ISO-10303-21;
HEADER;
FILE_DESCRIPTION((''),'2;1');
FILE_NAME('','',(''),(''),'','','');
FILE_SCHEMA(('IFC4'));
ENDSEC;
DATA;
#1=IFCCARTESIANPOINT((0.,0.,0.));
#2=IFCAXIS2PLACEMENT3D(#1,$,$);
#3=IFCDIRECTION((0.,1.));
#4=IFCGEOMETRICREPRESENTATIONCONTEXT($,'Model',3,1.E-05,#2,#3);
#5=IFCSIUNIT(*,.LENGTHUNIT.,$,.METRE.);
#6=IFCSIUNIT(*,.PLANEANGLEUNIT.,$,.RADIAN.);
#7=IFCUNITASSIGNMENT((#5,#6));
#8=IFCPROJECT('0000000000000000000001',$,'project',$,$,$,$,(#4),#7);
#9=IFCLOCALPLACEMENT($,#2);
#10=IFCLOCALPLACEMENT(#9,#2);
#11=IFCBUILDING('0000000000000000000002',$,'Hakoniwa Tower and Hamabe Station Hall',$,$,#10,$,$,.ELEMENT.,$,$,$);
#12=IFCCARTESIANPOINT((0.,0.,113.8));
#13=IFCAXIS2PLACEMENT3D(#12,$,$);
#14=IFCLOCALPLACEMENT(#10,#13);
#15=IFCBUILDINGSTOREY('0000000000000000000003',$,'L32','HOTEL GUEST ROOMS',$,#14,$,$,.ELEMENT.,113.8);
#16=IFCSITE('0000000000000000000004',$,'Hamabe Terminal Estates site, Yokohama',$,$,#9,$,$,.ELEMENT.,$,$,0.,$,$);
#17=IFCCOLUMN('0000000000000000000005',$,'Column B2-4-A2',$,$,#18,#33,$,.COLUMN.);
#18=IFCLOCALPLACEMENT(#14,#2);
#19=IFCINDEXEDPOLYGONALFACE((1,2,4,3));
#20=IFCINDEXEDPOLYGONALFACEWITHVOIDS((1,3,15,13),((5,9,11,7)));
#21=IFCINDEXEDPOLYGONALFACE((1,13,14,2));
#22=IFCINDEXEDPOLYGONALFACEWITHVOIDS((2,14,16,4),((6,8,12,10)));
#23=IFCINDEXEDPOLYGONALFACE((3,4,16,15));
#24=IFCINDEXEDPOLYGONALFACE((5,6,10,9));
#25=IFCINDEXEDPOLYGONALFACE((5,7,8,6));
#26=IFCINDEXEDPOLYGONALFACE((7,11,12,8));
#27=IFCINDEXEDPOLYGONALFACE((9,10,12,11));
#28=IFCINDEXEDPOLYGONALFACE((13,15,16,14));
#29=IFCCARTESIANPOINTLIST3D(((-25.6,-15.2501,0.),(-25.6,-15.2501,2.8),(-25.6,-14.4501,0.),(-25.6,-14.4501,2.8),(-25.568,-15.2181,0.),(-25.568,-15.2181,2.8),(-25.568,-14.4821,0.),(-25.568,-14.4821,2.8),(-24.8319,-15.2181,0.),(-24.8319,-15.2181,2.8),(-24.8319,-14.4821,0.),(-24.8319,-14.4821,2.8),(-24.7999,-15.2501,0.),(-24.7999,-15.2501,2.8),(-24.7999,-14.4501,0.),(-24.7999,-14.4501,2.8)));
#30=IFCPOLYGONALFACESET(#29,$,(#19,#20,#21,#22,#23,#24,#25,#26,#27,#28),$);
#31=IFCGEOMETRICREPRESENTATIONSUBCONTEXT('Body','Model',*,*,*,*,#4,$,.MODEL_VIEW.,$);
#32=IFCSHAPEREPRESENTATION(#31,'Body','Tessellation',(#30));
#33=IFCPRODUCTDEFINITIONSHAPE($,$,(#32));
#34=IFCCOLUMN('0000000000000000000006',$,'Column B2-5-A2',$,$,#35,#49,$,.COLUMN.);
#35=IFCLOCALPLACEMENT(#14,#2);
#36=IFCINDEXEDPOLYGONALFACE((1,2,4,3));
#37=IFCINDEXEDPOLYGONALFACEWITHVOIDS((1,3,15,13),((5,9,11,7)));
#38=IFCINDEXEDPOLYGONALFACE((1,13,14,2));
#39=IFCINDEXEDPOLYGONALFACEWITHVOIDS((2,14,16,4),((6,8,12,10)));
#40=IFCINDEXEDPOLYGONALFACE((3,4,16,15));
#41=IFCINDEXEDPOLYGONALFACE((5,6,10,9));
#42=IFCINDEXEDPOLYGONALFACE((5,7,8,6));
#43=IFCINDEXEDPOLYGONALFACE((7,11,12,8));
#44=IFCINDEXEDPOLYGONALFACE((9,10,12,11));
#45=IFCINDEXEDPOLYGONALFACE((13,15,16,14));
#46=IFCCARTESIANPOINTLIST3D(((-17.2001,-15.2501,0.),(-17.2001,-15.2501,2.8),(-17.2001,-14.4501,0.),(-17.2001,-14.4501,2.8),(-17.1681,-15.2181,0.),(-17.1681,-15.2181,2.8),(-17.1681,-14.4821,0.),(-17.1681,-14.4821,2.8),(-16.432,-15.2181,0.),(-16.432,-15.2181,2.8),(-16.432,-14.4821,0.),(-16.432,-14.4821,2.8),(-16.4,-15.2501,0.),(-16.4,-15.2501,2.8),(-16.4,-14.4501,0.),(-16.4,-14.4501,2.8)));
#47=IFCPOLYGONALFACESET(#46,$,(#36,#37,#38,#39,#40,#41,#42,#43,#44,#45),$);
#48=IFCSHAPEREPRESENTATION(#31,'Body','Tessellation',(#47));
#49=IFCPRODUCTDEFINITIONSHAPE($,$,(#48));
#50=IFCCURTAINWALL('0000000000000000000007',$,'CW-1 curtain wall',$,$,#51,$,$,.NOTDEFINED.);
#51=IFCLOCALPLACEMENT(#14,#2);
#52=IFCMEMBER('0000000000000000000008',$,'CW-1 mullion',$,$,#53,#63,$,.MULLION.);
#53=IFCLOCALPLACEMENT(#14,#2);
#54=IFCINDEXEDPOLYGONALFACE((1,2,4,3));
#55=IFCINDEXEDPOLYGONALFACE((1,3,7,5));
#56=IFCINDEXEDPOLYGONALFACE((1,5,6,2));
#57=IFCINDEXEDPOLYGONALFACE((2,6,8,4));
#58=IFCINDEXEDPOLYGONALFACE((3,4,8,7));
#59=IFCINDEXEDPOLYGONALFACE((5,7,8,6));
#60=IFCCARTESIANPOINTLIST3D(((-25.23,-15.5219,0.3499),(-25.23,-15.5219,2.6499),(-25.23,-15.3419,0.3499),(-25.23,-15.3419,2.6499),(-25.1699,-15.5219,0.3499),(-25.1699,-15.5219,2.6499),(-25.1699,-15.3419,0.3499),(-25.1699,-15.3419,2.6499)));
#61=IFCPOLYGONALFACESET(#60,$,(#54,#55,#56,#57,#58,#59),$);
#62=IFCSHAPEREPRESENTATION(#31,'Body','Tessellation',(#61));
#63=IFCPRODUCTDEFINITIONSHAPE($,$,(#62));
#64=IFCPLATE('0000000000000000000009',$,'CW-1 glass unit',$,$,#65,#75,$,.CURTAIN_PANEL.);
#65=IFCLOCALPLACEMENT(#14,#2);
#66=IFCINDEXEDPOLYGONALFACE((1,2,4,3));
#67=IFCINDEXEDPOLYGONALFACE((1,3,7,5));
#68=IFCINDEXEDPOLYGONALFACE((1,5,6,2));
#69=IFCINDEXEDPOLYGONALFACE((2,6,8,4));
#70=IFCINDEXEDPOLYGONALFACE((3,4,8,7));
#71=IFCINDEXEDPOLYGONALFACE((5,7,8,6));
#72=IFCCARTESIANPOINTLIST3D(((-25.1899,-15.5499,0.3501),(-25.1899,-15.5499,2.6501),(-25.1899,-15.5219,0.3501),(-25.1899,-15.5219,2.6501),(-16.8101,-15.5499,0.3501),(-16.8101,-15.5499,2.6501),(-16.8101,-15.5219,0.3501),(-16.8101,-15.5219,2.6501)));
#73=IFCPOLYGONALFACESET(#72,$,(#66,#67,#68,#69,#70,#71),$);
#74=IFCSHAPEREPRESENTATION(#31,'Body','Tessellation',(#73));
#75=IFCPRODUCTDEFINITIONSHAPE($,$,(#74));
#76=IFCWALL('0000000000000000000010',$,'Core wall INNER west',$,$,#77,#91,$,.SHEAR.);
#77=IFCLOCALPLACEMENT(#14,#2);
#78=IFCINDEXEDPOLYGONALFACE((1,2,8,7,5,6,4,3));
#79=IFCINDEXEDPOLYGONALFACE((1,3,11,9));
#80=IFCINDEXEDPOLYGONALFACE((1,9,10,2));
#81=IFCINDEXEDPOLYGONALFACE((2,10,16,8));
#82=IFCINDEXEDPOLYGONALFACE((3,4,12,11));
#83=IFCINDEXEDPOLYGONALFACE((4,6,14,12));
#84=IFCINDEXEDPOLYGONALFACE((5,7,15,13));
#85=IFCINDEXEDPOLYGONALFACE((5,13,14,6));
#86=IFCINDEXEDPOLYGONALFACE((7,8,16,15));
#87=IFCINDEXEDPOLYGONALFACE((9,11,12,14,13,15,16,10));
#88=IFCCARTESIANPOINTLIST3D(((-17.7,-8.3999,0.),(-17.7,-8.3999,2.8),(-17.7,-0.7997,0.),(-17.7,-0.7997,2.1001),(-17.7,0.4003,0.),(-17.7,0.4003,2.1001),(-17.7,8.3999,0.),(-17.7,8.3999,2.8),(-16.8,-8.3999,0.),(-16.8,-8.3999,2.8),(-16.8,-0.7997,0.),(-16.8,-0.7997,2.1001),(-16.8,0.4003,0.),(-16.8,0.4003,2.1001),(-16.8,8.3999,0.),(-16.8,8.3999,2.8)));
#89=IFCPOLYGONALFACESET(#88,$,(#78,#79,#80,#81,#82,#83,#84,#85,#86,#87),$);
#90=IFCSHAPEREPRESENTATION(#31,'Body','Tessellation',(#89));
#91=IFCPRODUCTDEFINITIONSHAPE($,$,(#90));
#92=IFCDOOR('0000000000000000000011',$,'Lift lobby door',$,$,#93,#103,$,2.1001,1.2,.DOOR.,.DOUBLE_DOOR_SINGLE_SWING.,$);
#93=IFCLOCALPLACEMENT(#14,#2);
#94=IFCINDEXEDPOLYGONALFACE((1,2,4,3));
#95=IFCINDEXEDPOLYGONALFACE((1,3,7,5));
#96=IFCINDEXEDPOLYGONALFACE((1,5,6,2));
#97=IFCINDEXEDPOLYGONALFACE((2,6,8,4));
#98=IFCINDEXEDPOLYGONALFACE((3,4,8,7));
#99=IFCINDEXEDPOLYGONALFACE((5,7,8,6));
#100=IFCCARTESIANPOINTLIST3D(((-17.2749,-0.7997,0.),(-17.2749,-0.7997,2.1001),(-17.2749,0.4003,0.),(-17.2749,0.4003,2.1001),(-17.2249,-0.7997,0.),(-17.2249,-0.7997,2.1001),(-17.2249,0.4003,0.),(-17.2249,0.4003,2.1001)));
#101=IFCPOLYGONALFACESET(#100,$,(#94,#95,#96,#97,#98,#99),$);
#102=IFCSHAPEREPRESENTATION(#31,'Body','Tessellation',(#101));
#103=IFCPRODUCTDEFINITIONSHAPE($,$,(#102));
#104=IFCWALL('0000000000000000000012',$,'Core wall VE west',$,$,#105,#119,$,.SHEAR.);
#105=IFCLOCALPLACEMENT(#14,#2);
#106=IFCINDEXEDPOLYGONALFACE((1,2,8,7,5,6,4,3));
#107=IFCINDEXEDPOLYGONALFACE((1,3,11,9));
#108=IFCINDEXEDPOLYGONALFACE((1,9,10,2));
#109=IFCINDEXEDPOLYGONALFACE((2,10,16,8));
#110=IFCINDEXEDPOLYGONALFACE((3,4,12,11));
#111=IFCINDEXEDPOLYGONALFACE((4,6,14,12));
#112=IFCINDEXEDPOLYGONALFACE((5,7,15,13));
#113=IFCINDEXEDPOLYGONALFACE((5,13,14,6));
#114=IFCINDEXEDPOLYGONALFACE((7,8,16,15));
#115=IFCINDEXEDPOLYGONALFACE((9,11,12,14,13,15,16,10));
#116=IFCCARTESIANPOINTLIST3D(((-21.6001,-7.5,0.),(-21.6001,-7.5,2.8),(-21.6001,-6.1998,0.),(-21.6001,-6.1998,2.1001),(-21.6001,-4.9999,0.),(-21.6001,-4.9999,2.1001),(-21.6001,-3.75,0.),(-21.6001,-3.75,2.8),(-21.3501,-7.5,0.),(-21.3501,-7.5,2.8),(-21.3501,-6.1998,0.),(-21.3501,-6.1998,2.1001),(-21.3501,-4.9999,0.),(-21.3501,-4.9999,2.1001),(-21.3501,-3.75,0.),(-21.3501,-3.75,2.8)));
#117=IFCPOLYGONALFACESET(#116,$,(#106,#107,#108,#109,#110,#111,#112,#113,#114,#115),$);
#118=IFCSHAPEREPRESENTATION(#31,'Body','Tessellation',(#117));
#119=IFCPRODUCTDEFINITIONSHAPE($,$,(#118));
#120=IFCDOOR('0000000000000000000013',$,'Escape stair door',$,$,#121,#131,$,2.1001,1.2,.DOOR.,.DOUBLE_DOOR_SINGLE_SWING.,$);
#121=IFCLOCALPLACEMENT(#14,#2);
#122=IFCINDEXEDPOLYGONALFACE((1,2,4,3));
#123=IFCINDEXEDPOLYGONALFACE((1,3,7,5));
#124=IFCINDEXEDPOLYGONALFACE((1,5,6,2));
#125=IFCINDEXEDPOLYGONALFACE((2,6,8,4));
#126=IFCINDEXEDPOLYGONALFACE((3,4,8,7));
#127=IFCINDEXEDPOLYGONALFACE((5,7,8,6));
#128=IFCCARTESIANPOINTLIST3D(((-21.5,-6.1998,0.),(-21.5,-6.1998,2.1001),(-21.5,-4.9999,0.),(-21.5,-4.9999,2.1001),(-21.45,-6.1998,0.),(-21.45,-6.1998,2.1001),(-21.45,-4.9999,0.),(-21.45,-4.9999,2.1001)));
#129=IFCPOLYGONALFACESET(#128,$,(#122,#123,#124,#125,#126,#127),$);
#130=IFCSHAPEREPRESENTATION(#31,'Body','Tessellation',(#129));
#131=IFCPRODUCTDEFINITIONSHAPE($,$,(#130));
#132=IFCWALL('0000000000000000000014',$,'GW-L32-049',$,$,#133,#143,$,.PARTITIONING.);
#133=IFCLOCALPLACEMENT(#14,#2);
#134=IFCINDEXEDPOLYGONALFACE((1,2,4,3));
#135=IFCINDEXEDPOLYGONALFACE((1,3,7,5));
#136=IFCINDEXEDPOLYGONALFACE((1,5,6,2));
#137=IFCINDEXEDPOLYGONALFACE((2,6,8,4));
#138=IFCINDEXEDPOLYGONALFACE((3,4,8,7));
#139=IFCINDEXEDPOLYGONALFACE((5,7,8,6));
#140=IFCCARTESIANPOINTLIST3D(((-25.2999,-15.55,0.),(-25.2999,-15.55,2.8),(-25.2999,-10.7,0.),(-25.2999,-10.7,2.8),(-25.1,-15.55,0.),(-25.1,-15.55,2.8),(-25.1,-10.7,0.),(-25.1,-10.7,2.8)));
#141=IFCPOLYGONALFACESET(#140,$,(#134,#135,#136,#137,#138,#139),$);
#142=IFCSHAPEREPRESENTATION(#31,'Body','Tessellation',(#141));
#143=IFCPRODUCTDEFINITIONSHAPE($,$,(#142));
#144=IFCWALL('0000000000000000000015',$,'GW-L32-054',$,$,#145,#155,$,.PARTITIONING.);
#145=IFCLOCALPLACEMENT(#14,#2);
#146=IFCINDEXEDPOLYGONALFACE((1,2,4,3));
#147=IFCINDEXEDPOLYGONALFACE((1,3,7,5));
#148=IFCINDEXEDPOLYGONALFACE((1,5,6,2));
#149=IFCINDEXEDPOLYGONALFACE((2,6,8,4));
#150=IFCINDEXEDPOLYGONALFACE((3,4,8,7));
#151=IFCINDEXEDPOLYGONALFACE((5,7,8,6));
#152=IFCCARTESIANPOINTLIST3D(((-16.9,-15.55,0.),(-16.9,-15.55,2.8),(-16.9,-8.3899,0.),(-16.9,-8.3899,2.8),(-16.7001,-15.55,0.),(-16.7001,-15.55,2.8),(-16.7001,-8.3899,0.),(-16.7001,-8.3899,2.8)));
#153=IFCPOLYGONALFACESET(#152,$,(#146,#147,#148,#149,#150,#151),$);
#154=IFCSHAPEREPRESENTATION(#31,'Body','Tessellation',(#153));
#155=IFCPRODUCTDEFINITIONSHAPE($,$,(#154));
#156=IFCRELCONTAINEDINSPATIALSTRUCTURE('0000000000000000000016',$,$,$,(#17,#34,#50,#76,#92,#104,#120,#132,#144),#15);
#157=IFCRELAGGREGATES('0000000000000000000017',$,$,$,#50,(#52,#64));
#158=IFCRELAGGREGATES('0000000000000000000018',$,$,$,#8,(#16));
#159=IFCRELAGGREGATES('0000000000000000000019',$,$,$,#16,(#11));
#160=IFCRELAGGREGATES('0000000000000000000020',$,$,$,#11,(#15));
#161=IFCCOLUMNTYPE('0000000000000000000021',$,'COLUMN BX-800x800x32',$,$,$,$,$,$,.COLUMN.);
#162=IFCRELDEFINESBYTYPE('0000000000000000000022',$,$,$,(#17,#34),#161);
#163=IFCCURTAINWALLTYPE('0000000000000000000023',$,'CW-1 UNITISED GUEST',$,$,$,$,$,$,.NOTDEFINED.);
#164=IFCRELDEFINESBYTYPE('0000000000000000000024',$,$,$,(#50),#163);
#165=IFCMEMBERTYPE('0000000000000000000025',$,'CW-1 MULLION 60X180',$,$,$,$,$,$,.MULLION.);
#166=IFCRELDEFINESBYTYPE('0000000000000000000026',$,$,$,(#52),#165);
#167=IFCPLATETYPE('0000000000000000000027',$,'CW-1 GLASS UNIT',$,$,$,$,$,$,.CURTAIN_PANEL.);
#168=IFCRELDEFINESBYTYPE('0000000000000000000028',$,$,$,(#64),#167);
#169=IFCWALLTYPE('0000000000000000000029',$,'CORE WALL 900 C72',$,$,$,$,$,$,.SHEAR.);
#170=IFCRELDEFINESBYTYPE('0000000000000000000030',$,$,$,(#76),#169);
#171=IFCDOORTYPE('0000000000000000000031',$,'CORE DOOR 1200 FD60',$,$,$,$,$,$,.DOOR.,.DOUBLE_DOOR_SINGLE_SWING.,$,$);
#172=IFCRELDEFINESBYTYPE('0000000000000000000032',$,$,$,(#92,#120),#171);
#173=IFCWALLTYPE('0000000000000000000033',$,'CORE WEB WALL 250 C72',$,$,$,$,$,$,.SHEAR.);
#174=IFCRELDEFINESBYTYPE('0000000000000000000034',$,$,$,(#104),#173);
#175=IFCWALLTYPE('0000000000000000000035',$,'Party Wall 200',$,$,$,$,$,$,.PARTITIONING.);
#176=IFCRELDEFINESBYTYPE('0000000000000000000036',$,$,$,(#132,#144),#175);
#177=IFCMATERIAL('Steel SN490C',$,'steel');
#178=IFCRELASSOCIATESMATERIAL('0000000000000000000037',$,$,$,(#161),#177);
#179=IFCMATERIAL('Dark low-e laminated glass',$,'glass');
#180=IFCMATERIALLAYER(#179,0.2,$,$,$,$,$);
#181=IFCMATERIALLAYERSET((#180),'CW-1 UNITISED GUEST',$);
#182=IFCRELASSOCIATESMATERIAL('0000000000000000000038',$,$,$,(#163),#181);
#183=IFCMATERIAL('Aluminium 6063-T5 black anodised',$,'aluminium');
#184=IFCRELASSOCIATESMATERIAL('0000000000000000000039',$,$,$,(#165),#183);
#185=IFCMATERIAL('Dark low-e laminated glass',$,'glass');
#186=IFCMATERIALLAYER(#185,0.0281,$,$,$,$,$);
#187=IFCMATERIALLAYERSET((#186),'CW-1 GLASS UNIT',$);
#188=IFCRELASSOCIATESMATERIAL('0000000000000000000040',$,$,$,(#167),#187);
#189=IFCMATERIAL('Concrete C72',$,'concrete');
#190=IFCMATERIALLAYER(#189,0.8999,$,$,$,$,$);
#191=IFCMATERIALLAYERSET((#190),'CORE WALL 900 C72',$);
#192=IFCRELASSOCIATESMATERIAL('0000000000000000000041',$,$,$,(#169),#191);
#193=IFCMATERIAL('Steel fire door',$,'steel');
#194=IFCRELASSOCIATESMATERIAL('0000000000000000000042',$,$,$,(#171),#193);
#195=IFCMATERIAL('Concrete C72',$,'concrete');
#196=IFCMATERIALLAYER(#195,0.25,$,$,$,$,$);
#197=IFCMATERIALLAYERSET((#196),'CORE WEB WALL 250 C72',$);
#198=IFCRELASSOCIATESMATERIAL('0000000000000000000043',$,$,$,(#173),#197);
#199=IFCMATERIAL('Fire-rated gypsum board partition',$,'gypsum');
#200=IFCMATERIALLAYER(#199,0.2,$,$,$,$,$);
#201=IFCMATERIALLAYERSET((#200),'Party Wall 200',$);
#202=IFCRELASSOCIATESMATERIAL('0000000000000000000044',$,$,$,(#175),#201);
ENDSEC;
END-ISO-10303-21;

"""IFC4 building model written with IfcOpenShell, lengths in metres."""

from ifc_helpers import new_model, si_unit, direction, frame, frame_2d, origin, origin_2d, place, context, subcontext, project, spatial, rectangle, hollow_rectangle, extrude, material, layer, layer_set, material_profile, profile_set, type_object, element, fill, aggregate, save


model = new_model("IFC4")

# Units and contexts
model_context = context("Model", 3, precision=1e-05, world=origin(), true_north=direction((0.0, 1.0)))
body_context = subcontext(model_context, "Body", "Model", "MODEL_VIEW")
ifc_project = project(units=[si_unit("LENGTHUNIT", "METRE"), si_unit("PLANEANGLEUNIT", "RADIAN")], contexts=[model_context])

# Site, building, storey
site_placement = place(None, origin())
site = spatial("IfcSite", under=ifc_project, at=site_placement, Name="Hamabe Terminal Estates site, Yokohama", CompositionType="ELEMENT", RefElevation=0.0)
building_placement = place(site_placement, origin())
building = spatial("IfcBuilding", under=site, at=building_placement, Name="Hakoniwa Tower and Hamabe Station Hall", CompositionType="ELEMENT")
storey_placement = place(building_placement, frame((0.0, 0.0, 113.8)))
storey = spatial("IfcBuildingStorey", under=building, at=storey_placement, Name="L32", Description="HOTEL GUEST ROOMS", CompositionType="ELEMENT", Elevation=113.8)

# Columns
ifc_material_1 = material(Name="Steel SN490C", Category="steel")
ifc_material_profile_1 = material_profile(ifc_material_1, hollow_rectangle(XDim=0.8, YDim=0.8, WallThickness=0.032, at=origin_2d()), Name="BX-800x800x32")
ifc_profile_set_1 = profile_set([ifc_material_profile_1], Name="Steel SN490C")
column_type = type_object("IfcColumnType", Name="COLUMN BX-800x800x32", PredefinedType="COLUMN", material=ifc_profile_set_1)
for number, where, z_axis, x_axis, name in (
    (1, (-25.2, -14.8501, 0.0), (0.0, 0.0, 1.0), (1.0, 0.0, 0.0), "Column B2-4-A2"),
    (2, (-16.8, -14.8501, 0.0), (0.0, 0.0, 1.0), (1.0, 0.0, 0.0), "Column B2-5-A2"),
):
    element("IfcColumn", number, at=place(storey_placement, frame(where, z_axis=z_axis, x_axis=x_axis)), inside=storey, type_object=column_type, Name=name, PredefinedType="COLUMN", context=body_context, shape_type="SweptSolid", body=[
        extrude(hollow_rectangle(XDim=0.8, YDim=0.8, WallThickness=0.032, at=origin_2d()), origin(), (0.0, 0.0, 1.0), 2.8),
    ])

# Curtain wall, member, plate
ifc_material_2 = material(Name="Dark low-e laminated glass", Category="glass")
ifc_layer_1 = layer(ifc_material_2, 0.2)
ifc_layer_set_1 = layer_set([ifc_layer_1], Name="CW-1 UNITISED GUEST")
curtain_wall_type = type_object("IfcCurtainWallType", Name="CW-1 UNITISED GUEST", PredefinedType="NOTDEFINED", material=ifc_layer_set_1)
curtain_wall_placement = place(storey_placement, origin())
curtain_wall = element("IfcCurtainWall", 3, at=curtain_wall_placement, inside=storey, type_object=curtain_wall_type, Name="CW-1 curtain wall", PredefinedType="NOTDEFINED")
ifc_material_3 = material(Name="Aluminium 6063-T5 black anodised", Category="aluminium")
ifc_material_profile_2 = material_profile(ifc_material_3, rectangle(XDim=0.0601, YDim=0.1799, at=origin_2d()), Name="CW-1 MULLION 60X180")
ifc_profile_set_2 = profile_set([ifc_material_profile_2], Name="Aluminium 6063-T5 black anodised")
member_type = type_object("IfcMemberType", Name="CW-1 MULLION 60X180", PredefinedType="MULLION", material=ifc_profile_set_2)
member_placement = place(storey_placement, frame((-25.2, -15.4319, 0.3499), z_axis=(0.0, 0.0, 1.0), x_axis=(1.0, 0.0, 0.0)))
member = element("IfcMember", 4, at=member_placement, type_object=member_type, Name="CW-1 mullion", PredefinedType="MULLION", context=body_context, shape_type="SweptSolid", body=[
    extrude(rectangle(XDim=0.0601, YDim=0.1799, at=origin_2d()), origin(), (0.0, 0.0, 1.0), 2.3),
])
ifc_material_4 = material(Name="Dark low-e laminated glass", Category="glass")
ifc_layer_2 = layer(ifc_material_4, 0.0281)
ifc_layer_set_2 = layer_set([ifc_layer_2], Name="CW-1 GLASS UNIT")
plate_type = type_object("IfcPlateType", Name="CW-1 GLASS UNIT", PredefinedType="CURTAIN_PANEL", material=ifc_layer_set_2)
plate_placement = place(storey_placement, frame((-21.0, -15.5359, 0.3501), z_axis=(0.0, 0.0, 1.0), x_axis=(1.0, 0.0, 0.0)))
plate = element("IfcPlate", 5, at=plate_placement, type_object=plate_type, Name="CW-1 glass unit", PredefinedType="CURTAIN_PANEL", context=body_context, shape_type="SweptSolid", body=[
    extrude(rectangle(XDim=8.3799, YDim=0.0281, at=origin_2d()), origin(), (0.0, 0.0, 1.0), 2.3),
])
aggregate(curtain_wall, [member, plate])

# Walls, openings, doors
ifc_material_5 = material(Name="Concrete C72", Category="concrete")
ifc_layer_3 = layer(ifc_material_5, 0.8999)
ifc_layer_set_3 = layer_set([ifc_layer_3], Name="CORE WALL 900 C72")
wall_type_1 = type_object("IfcWallType", Name="CORE WALL 900 C72", PredefinedType="SHEAR", material=ifc_layer_set_3)
wall_1_placement = place(storey_placement, frame((-17.25, -8.3999, 0.0), z_axis=(0.0, 0.0, 1.0), x_axis=(0.0, 1.0, 0.0)))
wall_1 = element("IfcWall", 6, at=wall_1_placement, inside=storey, type_object=wall_type_1, Name="Core wall INNER west", PredefinedType="SHEAR", context=body_context, shape_type="SweptSolid", body=[
    extrude(rectangle(XDim=16.7998, YDim=0.8999, at=frame_2d((8.3999, 0.0))), origin(), (0.0, 0.0, 1.0), 2.8),
])
opening_1_placement = place(wall_1_placement, frame((7.6001, 0.0, 0.0)))
opening_1 = element("IfcOpeningElement", 7, at=opening_1_placement, cuts=wall_1, PredefinedType="OPENING", context=body_context, shape_type="SweptSolid", body=[
    extrude(rectangle(XDim=1.2, YDim=2.1001, at=frame_2d((0.6001, 1.05))), frame((0.0, 0.46, 0.0), z_axis=(0.0, -1.0, 0.0), x_axis=(1.0, 0.0, 0.0)), (0.0, 0.0, 1.0), 0.9199),
])
ifc_material_6 = material(Name="Steel fire door", Category="steel")
door_type = type_object("IfcDoorType", Name="CORE DOOR 1200 FD60", OperationType="DOUBLE_DOOR_SINGLE_SWING", PredefinedType="DOOR", material=ifc_material_6)
door_1_placement = place(opening_1_placement, origin())
door_1 = element("IfcDoor", 8, at=door_1_placement, inside=storey, type_object=door_type, Name="Lift lobby door", OperationType="DOUBLE_DOOR_SINGLE_SWING", OverallHeight=2.1001, OverallWidth=1.2, PredefinedType="DOOR", context=body_context, shape_type="SweptSolid", body=[
    extrude(rectangle(XDim=1.2, YDim=2.1001, at=frame_2d((0.6001, 1.05))), frame((0.0, 0.0249, 0.0), z_axis=(0.0, -1.0, 0.0), x_axis=(1.0, 0.0, 0.0)), (0.0, 0.0, 1.0), 0.05),
])
fill(opening_1, door_1)
ifc_material_7 = material(Name="Concrete C72", Category="concrete")
ifc_layer_4 = layer(ifc_material_7, 0.25)
ifc_layer_set_4 = layer_set([ifc_layer_4], Name="CORE WEB WALL 250 C72")
wall_type_2 = type_object("IfcWallType", Name="CORE WEB WALL 250 C72", PredefinedType="SHEAR", material=ifc_layer_set_4)
wall_2_placement = place(storey_placement, frame((-21.4751, -7.5, 0.0), z_axis=(0.0, 0.0, 1.0), x_axis=(0.0, 1.0, 0.0)))
wall_2 = element("IfcWall", 9, at=wall_2_placement, inside=storey, type_object=wall_type_2, Name="Core wall VE west", PredefinedType="SHEAR", context=body_context, shape_type="SweptSolid", body=[
    extrude(rectangle(XDim=3.75, YDim=0.25, at=frame_2d((1.875, 0.0))), origin(), (0.0, 0.0, 1.0), 2.8),
])
opening_2_placement = place(wall_2_placement, frame((1.3, 0.0, 0.0)))
opening_2 = element("IfcOpeningElement", 10, at=opening_2_placement, cuts=wall_2, PredefinedType="OPENING", context=body_context, shape_type="SweptSolid", body=[
    extrude(rectangle(XDim=1.2, YDim=2.1001, at=frame_2d((0.6001, 1.05))), frame((0.0, 0.135, 0.0), z_axis=(0.0, -1.0, 0.0), x_axis=(1.0, 0.0, 0.0)), (0.0, 0.0, 1.0), 0.27),
])
door_2_placement = place(opening_2_placement, origin())
door_2 = element("IfcDoor", 11, at=door_2_placement, inside=storey, type_object=door_type, Name="Escape stair door", OperationType="DOUBLE_DOOR_SINGLE_SWING", OverallHeight=2.1001, OverallWidth=1.2, PredefinedType="DOOR", context=body_context, shape_type="SweptSolid", body=[
    extrude(rectangle(XDim=1.2, YDim=2.1001, at=frame_2d((0.6001, 1.05))), frame((0.0, 0.0249, 0.0), z_axis=(0.0, -1.0, 0.0), x_axis=(1.0, 0.0, 0.0)), (0.0, 0.0, 1.0), 0.05),
])
fill(opening_2, door_2)

# Walls
ifc_material_8 = material(Name="Fire-rated gypsum board partition", Category="gypsum")
ifc_layer_5 = layer(ifc_material_8, 0.2)
ifc_layer_set_5 = layer_set([ifc_layer_5], Name="Party Wall 200")
wall_type_3 = type_object("IfcWallType", Name="Party Wall 200", PredefinedType="PARTITIONING", material=ifc_layer_set_5)
wall_3_placement = place(storey_placement, frame((-25.2, -15.55, 0.0), z_axis=(0.0, 0.0, 1.0), x_axis=(0.0, 1.0, 0.0)))
element("IfcWall", 12, at=wall_3_placement, inside=storey, type_object=wall_type_3, Name="GW-L32-049", PredefinedType="PARTITIONING", context=body_context, shape_type="SweptSolid", body=[
    extrude(rectangle(XDim=4.8501, YDim=0.2, at=frame_2d((2.425, 0.0))), origin(), (0.0, 0.0, 1.0), 2.8),
])
wall_4_placement = place(storey_placement, frame((-16.8, -15.55, 0.0), z_axis=(0.0, 0.0, 1.0), x_axis=(0.0, 1.0, 0.0)))
element("IfcWall", 13, at=wall_4_placement, inside=storey, type_object=wall_type_3, Name="GW-L32-054", PredefinedType="PARTITIONING", context=body_context, shape_type="SweptSolid", body=[
    extrude(rectangle(XDim=7.1602, YDim=0.2, at=frame_2d((3.5801, 0.0))), origin(), (0.0, 0.0, 1.0), 2.8),
])

save(model, "model.ifc")
